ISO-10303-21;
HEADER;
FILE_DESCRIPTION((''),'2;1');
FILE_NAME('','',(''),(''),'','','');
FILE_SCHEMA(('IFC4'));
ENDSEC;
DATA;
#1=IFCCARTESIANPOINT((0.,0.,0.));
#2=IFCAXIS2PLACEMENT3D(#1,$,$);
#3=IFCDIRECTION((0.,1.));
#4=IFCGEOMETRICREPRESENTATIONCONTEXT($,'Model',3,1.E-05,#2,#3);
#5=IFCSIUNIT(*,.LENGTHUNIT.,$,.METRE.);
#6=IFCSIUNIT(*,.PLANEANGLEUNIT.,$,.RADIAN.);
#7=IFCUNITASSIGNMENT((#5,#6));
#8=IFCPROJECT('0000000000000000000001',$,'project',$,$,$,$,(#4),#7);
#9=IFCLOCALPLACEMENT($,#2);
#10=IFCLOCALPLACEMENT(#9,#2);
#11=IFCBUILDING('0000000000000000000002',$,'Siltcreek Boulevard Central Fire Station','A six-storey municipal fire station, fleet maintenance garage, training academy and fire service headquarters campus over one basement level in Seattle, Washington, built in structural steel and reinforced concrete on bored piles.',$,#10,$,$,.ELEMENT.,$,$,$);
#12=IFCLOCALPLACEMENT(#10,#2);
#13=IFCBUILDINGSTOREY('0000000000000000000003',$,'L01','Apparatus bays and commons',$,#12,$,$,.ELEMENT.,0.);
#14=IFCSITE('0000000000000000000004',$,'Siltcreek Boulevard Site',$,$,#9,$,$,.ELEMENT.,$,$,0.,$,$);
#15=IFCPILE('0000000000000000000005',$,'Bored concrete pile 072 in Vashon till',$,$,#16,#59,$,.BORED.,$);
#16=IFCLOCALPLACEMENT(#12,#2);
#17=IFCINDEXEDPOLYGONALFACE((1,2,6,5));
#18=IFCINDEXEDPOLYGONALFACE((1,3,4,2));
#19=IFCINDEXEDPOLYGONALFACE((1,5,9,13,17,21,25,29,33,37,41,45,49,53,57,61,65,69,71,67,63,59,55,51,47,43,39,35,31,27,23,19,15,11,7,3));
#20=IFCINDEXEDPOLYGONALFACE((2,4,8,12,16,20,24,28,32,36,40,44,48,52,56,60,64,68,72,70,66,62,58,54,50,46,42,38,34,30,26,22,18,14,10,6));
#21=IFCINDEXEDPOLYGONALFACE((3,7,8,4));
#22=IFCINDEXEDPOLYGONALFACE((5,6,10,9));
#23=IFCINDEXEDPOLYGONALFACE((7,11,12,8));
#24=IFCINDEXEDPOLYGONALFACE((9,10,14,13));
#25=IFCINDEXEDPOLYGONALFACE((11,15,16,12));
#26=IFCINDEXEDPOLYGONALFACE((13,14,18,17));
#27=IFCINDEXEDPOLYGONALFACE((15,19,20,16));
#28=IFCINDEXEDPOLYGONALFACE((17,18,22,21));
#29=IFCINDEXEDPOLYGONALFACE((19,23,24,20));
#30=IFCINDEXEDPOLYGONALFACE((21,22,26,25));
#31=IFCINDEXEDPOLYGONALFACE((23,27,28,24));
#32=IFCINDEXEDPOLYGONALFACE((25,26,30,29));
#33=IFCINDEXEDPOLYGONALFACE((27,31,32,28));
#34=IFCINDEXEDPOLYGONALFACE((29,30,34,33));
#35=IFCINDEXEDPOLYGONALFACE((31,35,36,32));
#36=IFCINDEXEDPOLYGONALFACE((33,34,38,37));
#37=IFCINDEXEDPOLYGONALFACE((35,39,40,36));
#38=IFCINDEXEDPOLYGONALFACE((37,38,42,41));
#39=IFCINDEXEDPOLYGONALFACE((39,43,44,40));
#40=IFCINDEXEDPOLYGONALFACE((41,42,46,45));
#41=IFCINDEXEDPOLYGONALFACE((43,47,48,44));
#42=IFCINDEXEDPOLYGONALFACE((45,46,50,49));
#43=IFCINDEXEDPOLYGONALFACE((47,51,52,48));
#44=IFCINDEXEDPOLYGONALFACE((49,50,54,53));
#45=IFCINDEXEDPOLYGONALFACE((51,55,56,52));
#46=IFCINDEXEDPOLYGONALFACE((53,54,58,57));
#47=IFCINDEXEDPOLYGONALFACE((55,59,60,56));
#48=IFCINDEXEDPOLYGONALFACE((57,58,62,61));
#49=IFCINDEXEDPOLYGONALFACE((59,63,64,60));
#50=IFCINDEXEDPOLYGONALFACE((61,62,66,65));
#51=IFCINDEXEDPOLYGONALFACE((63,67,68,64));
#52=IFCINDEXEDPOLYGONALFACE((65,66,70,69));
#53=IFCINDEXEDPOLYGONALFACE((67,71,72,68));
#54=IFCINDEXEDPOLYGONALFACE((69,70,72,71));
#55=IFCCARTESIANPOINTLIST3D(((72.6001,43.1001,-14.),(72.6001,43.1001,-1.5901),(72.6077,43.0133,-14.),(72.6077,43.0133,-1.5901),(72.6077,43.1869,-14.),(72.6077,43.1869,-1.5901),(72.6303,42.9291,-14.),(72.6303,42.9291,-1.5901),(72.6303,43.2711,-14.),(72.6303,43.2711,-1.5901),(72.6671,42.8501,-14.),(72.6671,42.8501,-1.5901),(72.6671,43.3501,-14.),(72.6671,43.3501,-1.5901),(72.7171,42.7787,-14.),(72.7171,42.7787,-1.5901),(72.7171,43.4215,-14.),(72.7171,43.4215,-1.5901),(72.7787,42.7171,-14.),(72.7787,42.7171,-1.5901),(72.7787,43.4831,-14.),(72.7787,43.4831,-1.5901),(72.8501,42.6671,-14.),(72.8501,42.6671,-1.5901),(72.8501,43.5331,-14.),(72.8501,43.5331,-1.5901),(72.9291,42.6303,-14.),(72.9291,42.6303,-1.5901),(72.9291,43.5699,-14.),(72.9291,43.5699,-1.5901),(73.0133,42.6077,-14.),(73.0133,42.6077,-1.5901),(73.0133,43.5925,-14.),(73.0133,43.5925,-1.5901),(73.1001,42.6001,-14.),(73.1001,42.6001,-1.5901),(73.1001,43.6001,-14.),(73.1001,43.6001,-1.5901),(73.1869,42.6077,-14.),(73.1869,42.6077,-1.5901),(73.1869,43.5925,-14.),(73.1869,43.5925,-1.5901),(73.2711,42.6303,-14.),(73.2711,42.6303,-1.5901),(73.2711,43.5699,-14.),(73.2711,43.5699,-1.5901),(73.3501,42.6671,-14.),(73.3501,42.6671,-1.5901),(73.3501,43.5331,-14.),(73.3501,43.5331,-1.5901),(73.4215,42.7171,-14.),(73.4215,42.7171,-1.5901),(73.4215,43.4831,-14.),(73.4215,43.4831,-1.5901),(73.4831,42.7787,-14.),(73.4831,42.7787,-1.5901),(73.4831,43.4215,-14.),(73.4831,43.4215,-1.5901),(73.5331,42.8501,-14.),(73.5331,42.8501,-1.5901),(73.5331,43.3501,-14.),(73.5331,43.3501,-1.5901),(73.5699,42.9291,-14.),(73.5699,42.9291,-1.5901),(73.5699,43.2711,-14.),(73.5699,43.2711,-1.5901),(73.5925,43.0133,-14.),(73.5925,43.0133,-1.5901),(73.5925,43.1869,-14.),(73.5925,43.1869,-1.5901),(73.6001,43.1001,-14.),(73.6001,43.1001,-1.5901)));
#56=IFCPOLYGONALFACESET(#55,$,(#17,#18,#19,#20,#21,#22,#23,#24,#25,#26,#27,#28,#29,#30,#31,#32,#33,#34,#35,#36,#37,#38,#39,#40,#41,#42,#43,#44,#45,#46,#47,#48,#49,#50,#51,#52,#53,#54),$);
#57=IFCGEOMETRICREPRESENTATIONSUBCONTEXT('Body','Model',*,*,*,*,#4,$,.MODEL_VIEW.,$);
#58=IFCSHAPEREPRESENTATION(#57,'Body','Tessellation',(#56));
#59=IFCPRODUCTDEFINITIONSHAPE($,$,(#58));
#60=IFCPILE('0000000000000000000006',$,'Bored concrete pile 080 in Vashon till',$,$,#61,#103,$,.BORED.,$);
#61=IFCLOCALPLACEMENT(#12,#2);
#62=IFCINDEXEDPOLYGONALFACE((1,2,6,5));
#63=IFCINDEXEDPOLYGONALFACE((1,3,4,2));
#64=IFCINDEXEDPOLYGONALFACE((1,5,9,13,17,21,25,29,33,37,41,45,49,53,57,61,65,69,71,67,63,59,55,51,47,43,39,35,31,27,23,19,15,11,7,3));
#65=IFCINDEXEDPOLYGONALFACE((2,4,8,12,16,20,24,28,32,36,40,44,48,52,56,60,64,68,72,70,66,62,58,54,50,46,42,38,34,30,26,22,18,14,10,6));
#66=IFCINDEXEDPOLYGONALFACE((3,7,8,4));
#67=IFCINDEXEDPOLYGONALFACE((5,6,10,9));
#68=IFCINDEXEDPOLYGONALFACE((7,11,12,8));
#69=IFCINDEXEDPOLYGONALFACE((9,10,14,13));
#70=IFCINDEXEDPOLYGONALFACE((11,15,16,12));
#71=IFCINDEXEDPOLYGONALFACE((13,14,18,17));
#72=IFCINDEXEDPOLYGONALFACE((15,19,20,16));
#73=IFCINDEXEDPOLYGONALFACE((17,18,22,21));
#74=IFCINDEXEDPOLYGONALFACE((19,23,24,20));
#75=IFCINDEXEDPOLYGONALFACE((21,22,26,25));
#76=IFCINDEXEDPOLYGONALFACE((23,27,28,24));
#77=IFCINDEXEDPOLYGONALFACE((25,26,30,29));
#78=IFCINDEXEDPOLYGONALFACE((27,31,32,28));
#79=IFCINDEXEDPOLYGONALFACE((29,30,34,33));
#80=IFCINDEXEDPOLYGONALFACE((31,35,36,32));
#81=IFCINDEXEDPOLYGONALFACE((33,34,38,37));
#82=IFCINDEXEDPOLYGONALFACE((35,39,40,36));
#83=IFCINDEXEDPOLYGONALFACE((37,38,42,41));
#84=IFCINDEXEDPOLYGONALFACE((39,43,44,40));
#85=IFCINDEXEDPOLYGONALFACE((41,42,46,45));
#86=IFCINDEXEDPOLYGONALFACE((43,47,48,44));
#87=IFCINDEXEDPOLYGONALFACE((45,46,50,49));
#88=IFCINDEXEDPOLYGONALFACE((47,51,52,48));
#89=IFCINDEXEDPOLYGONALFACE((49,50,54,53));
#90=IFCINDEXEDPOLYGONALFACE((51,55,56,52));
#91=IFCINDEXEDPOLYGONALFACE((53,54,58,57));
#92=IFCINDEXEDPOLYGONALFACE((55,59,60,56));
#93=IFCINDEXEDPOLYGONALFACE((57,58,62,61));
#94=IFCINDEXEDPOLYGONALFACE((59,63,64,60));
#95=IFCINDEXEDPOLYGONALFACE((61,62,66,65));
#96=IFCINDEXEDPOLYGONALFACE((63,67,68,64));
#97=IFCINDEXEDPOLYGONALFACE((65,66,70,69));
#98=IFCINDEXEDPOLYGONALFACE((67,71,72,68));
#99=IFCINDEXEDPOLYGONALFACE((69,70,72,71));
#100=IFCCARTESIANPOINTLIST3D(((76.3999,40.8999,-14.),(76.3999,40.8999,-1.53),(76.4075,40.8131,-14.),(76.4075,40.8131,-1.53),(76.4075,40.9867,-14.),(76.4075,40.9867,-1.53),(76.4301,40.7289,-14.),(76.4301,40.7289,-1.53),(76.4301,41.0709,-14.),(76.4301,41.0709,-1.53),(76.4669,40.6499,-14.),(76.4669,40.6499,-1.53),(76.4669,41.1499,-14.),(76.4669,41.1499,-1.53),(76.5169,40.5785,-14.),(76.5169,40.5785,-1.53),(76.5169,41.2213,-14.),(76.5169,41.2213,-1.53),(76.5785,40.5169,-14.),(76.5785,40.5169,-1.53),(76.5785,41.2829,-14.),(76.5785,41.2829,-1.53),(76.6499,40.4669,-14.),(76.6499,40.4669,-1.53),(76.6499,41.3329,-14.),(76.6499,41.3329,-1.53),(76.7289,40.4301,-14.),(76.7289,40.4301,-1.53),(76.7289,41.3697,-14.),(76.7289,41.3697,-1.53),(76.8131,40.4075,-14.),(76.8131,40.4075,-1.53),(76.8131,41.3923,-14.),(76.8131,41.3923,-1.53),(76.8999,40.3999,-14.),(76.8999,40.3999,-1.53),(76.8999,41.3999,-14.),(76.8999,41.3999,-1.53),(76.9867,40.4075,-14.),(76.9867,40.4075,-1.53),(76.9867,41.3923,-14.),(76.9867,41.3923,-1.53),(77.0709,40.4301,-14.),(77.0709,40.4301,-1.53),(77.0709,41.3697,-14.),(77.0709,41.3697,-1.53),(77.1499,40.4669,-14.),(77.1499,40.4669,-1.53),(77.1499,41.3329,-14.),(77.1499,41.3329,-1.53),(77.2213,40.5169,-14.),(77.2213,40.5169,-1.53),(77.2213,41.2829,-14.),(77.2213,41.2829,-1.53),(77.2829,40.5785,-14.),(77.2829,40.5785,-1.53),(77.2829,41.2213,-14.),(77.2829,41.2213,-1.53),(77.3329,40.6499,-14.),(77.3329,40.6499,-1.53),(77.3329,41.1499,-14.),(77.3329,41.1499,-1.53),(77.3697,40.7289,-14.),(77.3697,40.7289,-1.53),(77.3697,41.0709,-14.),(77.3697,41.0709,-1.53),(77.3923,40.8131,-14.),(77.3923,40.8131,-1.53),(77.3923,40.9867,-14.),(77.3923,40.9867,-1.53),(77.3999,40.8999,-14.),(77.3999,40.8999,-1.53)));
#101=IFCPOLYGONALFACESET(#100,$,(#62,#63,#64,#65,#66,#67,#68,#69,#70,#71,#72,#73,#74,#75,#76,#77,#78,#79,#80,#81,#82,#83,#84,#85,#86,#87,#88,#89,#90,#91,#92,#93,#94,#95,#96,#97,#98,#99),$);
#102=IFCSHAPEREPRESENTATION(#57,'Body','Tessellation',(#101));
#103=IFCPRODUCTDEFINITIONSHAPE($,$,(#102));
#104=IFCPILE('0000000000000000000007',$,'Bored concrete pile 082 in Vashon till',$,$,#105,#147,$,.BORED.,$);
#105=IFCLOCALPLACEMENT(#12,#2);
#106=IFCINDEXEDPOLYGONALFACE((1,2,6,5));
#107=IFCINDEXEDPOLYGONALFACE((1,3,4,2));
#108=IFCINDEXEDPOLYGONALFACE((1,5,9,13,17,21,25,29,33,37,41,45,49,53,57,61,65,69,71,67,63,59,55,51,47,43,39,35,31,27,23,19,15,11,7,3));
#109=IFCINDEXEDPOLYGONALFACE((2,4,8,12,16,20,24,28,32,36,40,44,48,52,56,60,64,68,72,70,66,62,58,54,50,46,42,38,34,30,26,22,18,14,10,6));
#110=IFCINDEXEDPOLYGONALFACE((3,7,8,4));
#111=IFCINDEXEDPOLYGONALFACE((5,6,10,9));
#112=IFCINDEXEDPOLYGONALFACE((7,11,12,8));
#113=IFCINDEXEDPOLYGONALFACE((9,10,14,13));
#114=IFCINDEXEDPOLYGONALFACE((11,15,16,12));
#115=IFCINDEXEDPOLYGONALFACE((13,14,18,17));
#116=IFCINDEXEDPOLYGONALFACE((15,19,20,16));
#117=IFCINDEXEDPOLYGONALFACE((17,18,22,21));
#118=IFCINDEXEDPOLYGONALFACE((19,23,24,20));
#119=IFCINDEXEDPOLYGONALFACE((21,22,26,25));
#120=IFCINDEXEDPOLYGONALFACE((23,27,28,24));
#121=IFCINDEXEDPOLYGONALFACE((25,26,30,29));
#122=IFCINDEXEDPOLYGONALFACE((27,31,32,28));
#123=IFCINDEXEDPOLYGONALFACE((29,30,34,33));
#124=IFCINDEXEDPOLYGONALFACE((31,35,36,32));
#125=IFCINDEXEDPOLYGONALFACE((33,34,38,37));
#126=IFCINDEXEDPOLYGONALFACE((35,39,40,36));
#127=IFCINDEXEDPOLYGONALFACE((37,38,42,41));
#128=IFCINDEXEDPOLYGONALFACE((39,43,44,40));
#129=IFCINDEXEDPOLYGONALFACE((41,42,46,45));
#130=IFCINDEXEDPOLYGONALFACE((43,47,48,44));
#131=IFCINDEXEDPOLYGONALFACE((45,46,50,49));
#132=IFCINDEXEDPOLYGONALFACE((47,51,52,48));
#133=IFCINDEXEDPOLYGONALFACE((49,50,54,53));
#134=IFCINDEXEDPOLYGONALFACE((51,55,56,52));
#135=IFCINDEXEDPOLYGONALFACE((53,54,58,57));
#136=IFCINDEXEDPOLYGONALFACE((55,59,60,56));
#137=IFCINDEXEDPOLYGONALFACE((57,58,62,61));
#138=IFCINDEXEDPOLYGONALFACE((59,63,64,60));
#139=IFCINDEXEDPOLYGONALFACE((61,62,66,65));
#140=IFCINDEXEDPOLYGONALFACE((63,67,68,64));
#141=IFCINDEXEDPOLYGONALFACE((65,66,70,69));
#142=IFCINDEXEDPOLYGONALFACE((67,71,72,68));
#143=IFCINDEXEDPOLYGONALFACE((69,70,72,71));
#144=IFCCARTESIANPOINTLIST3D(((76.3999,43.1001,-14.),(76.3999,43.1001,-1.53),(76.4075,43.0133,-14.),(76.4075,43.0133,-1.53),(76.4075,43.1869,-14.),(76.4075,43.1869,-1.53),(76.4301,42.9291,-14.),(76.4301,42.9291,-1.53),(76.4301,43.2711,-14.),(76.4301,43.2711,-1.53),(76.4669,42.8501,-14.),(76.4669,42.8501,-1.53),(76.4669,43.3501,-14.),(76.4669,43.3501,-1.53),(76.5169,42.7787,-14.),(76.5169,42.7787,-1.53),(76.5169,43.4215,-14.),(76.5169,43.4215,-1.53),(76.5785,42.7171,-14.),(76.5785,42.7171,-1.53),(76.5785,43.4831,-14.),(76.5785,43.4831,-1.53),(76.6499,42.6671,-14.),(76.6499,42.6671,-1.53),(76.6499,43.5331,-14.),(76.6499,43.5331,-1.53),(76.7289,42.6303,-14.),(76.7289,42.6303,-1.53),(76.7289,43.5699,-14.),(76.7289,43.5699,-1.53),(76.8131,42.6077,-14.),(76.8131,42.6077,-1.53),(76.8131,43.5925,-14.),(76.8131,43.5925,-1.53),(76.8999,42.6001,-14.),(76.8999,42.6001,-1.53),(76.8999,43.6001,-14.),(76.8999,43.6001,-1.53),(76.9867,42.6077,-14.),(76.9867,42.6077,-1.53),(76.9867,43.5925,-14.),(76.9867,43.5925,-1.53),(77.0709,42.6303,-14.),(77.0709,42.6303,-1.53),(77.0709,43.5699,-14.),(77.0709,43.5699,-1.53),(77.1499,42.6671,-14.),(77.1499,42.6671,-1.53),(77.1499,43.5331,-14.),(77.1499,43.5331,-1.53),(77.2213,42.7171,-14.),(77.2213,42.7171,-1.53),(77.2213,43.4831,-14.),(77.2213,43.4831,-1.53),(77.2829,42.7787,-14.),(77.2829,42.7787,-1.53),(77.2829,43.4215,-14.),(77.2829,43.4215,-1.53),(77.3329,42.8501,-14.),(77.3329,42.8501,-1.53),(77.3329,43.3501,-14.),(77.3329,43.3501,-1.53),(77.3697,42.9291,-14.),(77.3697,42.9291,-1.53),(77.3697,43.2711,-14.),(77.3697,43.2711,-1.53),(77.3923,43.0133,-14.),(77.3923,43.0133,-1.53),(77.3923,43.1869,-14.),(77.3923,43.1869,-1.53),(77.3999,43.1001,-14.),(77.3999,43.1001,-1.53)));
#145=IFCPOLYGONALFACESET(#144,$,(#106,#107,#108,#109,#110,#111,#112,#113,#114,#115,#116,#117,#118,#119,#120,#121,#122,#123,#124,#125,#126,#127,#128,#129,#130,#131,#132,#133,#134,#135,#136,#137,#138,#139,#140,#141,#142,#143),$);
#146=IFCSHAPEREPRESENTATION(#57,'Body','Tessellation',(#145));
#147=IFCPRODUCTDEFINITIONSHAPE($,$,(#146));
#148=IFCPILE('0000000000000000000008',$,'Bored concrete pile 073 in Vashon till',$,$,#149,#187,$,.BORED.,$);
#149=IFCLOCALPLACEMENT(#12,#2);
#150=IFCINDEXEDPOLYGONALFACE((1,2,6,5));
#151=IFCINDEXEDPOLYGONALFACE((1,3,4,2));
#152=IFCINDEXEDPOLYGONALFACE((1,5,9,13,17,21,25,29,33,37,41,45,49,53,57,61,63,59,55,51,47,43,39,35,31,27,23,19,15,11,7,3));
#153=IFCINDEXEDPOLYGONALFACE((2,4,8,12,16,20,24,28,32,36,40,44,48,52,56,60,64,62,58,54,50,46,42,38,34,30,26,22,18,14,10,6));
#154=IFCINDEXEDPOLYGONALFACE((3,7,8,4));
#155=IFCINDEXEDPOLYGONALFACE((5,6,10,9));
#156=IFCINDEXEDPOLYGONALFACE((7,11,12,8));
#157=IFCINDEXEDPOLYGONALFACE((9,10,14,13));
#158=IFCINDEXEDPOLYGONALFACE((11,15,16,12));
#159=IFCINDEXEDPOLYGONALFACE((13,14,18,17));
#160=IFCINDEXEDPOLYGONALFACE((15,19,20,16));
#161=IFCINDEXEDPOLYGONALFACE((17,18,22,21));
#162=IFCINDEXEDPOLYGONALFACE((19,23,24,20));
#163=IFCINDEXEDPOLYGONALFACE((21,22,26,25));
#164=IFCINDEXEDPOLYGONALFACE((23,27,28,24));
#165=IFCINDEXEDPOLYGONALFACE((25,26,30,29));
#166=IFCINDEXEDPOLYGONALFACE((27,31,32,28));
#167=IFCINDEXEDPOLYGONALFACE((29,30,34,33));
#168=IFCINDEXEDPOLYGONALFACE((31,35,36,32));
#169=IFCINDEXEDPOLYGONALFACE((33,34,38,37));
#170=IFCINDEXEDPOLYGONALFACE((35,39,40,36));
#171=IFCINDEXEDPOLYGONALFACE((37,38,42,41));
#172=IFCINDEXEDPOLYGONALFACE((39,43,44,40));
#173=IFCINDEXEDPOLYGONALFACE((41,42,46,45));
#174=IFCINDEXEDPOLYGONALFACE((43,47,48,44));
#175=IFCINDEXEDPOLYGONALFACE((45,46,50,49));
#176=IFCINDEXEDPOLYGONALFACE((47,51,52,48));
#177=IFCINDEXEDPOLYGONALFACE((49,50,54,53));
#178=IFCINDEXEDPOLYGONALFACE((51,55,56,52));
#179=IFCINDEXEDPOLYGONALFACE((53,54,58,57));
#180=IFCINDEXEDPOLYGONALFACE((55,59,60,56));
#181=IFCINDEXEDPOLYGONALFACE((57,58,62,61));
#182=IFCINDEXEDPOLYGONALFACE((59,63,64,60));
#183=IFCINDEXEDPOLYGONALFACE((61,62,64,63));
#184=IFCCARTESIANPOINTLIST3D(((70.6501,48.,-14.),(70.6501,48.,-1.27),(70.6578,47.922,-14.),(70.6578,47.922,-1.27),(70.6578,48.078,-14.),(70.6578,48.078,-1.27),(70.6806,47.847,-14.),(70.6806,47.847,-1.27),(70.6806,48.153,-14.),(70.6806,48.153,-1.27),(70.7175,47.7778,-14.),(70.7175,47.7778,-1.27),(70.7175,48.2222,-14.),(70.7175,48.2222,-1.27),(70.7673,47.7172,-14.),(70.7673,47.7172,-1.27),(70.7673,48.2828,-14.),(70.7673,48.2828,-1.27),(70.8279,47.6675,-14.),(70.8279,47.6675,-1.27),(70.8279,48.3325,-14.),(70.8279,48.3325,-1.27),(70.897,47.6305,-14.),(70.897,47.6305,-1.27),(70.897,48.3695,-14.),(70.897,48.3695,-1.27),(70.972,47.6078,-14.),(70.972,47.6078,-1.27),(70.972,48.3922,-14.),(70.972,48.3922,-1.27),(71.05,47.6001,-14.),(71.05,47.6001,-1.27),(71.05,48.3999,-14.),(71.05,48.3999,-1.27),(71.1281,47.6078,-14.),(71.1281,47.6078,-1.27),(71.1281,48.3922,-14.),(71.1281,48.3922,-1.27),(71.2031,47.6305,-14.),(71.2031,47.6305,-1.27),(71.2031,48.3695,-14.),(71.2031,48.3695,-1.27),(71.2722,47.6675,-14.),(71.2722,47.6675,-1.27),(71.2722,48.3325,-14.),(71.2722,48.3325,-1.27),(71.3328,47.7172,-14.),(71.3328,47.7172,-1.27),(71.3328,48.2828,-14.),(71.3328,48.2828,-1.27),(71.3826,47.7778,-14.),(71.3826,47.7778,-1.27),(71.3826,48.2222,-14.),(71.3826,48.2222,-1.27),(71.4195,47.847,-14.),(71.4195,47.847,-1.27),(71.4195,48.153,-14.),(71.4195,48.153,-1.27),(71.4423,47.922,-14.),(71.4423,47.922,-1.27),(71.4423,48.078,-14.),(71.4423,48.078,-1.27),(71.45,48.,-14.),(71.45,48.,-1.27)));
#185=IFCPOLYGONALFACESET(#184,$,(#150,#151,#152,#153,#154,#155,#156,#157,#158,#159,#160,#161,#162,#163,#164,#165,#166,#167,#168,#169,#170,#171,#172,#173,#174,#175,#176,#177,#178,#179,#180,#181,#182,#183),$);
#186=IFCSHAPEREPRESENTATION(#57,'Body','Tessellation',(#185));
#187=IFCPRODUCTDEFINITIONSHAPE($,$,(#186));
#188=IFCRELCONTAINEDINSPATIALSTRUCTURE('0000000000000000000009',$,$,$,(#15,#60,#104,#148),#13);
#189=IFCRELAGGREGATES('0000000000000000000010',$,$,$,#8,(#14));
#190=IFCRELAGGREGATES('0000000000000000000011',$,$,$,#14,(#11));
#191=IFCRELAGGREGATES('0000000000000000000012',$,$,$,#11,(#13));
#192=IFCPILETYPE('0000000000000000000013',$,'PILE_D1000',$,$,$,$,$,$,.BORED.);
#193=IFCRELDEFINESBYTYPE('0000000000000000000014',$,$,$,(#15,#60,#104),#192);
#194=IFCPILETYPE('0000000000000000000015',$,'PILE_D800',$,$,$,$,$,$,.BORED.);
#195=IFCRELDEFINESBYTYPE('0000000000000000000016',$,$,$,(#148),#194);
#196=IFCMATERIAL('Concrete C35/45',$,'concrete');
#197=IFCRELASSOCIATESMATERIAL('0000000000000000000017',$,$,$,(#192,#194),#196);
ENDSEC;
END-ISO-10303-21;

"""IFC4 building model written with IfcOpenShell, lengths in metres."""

from ifc_helpers import new_model, si_unit, direction, frame, origin, origin_2d, place, context, subcontext, project, spatial, circle, extrude, material, material_profile, profile_set, type_object, element, save


model = new_model("IFC4")

# Units and contexts
model_context = context("Model", 3, precision=1e-05, world=origin(), true_north=direction((0.0, 1.0)))
body_context = subcontext(model_context, "Body", "Model", "MODEL_VIEW")
ifc_project = project(units=[si_unit("LENGTHUNIT", "METRE"), si_unit("PLANEANGLEUNIT", "RADIAN")], contexts=[model_context])

# Site, building, storey
site_placement = place(None, origin())
site = spatial("IfcSite", under=ifc_project, at=site_placement, Name="Siltcreek Boulevard Site", CompositionType="ELEMENT", RefElevation=0.0)
building_placement = place(site_placement, origin())
building = spatial("IfcBuilding", under=site, at=building_placement, Name="Siltcreek Boulevard Central Fire Station", Description="A six-storey municipal fire station, fleet maintenance garage, training academy and fire service headquarters campus over one basement level in Seattle, Washington, built in structural steel and reinforced concrete on bored piles.", CompositionType="ELEMENT")
storey_placement = place(building_placement, origin())
storey = spatial("IfcBuildingStorey", under=building, at=storey_placement, Name="L01", Description="Apparatus bays and commons", CompositionType="ELEMENT", Elevation=0.0)

# Shared definitions
ifc_material_1 = material(Name="Concrete C35/45", Category="concrete")

# Piles
ifc_material_profile_1 = material_profile(ifc_material_1, circle(Radius=0.5, at=origin_2d()), Name="SHAFT1000")
ifc_profile_set_1 = profile_set([ifc_material_profile_1], Name="Concrete C35/45")
pile_type_1 = type_object("IfcPileType", Name="PILE_D1000", PredefinedType="BORED", material=ifc_profile_set_1)
for number, where, z_axis, x_axis, name in (
    (1, (73.1001, 43.1001, -1.5901), (0.0, 0.0, -1.0), (1.0, 0.0, 0.0), "Bored concrete pile 072 in Vashon till"),
):
    element("IfcPile", number, at=place(storey_placement, frame(where, z_axis=z_axis, x_axis=x_axis)), inside=storey, type_object=pile_type_1, Name=name, PredefinedType="BORED", context=body_context, shape_type="SweptSolid", body=[
        extrude(circle(Radius=0.5, at=origin_2d()), origin(), (0.0, 0.0, 1.0), 12.4099),
    ])
for number, where, z_axis, x_axis, name in (
    (2, (76.8999, 40.8999, -1.53), (0.0, 0.0, -1.0), (1.0, 0.0, 0.0), "Bored concrete pile 080 in Vashon till"),
    (3, (76.8999, 43.1001, -1.53), (0.0, 0.0, -1.0), (1.0, 0.0, 0.0), "Bored concrete pile 082 in Vashon till"),
):
    element("IfcPile", number, at=place(storey_placement, frame(where, z_axis=z_axis, x_axis=x_axis)), inside=storey, type_object=pile_type_1, Name=name, PredefinedType="BORED", context=body_context, shape_type="SweptSolid", body=[
        extrude(circle(Radius=0.5, at=origin_2d()), origin(), (0.0, 0.0, 1.0), 12.47),
    ])
ifc_material_profile_2 = material_profile(ifc_material_1, circle(Radius=0.3999, at=origin_2d()), Name="SHAFT800")
ifc_profile_set_2 = profile_set([ifc_material_profile_2], Name="Concrete C35/45")
pile_type_2 = type_object("IfcPileType", Name="PILE_D800", PredefinedType="BORED", material=ifc_profile_set_2)
for number, where, z_axis, x_axis, name in (
    (4, (71.05, 48.0, -1.27), (0.0, 0.0, -1.0), (1.0, 0.0, 0.0), "Bored concrete pile 073 in Vashon till"),
):
    element("IfcPile", number, at=place(storey_placement, frame(where, z_axis=z_axis, x_axis=x_axis)), inside=storey, type_object=pile_type_2, Name=name, PredefinedType="BORED", context=body_context, shape_type="SweptSolid", body=[
        extrude(circle(Radius=0.3999, at=origin_2d()), origin(), (0.0, 0.0, 1.0), 12.73),
    ])

save(model, "model.ifc")
